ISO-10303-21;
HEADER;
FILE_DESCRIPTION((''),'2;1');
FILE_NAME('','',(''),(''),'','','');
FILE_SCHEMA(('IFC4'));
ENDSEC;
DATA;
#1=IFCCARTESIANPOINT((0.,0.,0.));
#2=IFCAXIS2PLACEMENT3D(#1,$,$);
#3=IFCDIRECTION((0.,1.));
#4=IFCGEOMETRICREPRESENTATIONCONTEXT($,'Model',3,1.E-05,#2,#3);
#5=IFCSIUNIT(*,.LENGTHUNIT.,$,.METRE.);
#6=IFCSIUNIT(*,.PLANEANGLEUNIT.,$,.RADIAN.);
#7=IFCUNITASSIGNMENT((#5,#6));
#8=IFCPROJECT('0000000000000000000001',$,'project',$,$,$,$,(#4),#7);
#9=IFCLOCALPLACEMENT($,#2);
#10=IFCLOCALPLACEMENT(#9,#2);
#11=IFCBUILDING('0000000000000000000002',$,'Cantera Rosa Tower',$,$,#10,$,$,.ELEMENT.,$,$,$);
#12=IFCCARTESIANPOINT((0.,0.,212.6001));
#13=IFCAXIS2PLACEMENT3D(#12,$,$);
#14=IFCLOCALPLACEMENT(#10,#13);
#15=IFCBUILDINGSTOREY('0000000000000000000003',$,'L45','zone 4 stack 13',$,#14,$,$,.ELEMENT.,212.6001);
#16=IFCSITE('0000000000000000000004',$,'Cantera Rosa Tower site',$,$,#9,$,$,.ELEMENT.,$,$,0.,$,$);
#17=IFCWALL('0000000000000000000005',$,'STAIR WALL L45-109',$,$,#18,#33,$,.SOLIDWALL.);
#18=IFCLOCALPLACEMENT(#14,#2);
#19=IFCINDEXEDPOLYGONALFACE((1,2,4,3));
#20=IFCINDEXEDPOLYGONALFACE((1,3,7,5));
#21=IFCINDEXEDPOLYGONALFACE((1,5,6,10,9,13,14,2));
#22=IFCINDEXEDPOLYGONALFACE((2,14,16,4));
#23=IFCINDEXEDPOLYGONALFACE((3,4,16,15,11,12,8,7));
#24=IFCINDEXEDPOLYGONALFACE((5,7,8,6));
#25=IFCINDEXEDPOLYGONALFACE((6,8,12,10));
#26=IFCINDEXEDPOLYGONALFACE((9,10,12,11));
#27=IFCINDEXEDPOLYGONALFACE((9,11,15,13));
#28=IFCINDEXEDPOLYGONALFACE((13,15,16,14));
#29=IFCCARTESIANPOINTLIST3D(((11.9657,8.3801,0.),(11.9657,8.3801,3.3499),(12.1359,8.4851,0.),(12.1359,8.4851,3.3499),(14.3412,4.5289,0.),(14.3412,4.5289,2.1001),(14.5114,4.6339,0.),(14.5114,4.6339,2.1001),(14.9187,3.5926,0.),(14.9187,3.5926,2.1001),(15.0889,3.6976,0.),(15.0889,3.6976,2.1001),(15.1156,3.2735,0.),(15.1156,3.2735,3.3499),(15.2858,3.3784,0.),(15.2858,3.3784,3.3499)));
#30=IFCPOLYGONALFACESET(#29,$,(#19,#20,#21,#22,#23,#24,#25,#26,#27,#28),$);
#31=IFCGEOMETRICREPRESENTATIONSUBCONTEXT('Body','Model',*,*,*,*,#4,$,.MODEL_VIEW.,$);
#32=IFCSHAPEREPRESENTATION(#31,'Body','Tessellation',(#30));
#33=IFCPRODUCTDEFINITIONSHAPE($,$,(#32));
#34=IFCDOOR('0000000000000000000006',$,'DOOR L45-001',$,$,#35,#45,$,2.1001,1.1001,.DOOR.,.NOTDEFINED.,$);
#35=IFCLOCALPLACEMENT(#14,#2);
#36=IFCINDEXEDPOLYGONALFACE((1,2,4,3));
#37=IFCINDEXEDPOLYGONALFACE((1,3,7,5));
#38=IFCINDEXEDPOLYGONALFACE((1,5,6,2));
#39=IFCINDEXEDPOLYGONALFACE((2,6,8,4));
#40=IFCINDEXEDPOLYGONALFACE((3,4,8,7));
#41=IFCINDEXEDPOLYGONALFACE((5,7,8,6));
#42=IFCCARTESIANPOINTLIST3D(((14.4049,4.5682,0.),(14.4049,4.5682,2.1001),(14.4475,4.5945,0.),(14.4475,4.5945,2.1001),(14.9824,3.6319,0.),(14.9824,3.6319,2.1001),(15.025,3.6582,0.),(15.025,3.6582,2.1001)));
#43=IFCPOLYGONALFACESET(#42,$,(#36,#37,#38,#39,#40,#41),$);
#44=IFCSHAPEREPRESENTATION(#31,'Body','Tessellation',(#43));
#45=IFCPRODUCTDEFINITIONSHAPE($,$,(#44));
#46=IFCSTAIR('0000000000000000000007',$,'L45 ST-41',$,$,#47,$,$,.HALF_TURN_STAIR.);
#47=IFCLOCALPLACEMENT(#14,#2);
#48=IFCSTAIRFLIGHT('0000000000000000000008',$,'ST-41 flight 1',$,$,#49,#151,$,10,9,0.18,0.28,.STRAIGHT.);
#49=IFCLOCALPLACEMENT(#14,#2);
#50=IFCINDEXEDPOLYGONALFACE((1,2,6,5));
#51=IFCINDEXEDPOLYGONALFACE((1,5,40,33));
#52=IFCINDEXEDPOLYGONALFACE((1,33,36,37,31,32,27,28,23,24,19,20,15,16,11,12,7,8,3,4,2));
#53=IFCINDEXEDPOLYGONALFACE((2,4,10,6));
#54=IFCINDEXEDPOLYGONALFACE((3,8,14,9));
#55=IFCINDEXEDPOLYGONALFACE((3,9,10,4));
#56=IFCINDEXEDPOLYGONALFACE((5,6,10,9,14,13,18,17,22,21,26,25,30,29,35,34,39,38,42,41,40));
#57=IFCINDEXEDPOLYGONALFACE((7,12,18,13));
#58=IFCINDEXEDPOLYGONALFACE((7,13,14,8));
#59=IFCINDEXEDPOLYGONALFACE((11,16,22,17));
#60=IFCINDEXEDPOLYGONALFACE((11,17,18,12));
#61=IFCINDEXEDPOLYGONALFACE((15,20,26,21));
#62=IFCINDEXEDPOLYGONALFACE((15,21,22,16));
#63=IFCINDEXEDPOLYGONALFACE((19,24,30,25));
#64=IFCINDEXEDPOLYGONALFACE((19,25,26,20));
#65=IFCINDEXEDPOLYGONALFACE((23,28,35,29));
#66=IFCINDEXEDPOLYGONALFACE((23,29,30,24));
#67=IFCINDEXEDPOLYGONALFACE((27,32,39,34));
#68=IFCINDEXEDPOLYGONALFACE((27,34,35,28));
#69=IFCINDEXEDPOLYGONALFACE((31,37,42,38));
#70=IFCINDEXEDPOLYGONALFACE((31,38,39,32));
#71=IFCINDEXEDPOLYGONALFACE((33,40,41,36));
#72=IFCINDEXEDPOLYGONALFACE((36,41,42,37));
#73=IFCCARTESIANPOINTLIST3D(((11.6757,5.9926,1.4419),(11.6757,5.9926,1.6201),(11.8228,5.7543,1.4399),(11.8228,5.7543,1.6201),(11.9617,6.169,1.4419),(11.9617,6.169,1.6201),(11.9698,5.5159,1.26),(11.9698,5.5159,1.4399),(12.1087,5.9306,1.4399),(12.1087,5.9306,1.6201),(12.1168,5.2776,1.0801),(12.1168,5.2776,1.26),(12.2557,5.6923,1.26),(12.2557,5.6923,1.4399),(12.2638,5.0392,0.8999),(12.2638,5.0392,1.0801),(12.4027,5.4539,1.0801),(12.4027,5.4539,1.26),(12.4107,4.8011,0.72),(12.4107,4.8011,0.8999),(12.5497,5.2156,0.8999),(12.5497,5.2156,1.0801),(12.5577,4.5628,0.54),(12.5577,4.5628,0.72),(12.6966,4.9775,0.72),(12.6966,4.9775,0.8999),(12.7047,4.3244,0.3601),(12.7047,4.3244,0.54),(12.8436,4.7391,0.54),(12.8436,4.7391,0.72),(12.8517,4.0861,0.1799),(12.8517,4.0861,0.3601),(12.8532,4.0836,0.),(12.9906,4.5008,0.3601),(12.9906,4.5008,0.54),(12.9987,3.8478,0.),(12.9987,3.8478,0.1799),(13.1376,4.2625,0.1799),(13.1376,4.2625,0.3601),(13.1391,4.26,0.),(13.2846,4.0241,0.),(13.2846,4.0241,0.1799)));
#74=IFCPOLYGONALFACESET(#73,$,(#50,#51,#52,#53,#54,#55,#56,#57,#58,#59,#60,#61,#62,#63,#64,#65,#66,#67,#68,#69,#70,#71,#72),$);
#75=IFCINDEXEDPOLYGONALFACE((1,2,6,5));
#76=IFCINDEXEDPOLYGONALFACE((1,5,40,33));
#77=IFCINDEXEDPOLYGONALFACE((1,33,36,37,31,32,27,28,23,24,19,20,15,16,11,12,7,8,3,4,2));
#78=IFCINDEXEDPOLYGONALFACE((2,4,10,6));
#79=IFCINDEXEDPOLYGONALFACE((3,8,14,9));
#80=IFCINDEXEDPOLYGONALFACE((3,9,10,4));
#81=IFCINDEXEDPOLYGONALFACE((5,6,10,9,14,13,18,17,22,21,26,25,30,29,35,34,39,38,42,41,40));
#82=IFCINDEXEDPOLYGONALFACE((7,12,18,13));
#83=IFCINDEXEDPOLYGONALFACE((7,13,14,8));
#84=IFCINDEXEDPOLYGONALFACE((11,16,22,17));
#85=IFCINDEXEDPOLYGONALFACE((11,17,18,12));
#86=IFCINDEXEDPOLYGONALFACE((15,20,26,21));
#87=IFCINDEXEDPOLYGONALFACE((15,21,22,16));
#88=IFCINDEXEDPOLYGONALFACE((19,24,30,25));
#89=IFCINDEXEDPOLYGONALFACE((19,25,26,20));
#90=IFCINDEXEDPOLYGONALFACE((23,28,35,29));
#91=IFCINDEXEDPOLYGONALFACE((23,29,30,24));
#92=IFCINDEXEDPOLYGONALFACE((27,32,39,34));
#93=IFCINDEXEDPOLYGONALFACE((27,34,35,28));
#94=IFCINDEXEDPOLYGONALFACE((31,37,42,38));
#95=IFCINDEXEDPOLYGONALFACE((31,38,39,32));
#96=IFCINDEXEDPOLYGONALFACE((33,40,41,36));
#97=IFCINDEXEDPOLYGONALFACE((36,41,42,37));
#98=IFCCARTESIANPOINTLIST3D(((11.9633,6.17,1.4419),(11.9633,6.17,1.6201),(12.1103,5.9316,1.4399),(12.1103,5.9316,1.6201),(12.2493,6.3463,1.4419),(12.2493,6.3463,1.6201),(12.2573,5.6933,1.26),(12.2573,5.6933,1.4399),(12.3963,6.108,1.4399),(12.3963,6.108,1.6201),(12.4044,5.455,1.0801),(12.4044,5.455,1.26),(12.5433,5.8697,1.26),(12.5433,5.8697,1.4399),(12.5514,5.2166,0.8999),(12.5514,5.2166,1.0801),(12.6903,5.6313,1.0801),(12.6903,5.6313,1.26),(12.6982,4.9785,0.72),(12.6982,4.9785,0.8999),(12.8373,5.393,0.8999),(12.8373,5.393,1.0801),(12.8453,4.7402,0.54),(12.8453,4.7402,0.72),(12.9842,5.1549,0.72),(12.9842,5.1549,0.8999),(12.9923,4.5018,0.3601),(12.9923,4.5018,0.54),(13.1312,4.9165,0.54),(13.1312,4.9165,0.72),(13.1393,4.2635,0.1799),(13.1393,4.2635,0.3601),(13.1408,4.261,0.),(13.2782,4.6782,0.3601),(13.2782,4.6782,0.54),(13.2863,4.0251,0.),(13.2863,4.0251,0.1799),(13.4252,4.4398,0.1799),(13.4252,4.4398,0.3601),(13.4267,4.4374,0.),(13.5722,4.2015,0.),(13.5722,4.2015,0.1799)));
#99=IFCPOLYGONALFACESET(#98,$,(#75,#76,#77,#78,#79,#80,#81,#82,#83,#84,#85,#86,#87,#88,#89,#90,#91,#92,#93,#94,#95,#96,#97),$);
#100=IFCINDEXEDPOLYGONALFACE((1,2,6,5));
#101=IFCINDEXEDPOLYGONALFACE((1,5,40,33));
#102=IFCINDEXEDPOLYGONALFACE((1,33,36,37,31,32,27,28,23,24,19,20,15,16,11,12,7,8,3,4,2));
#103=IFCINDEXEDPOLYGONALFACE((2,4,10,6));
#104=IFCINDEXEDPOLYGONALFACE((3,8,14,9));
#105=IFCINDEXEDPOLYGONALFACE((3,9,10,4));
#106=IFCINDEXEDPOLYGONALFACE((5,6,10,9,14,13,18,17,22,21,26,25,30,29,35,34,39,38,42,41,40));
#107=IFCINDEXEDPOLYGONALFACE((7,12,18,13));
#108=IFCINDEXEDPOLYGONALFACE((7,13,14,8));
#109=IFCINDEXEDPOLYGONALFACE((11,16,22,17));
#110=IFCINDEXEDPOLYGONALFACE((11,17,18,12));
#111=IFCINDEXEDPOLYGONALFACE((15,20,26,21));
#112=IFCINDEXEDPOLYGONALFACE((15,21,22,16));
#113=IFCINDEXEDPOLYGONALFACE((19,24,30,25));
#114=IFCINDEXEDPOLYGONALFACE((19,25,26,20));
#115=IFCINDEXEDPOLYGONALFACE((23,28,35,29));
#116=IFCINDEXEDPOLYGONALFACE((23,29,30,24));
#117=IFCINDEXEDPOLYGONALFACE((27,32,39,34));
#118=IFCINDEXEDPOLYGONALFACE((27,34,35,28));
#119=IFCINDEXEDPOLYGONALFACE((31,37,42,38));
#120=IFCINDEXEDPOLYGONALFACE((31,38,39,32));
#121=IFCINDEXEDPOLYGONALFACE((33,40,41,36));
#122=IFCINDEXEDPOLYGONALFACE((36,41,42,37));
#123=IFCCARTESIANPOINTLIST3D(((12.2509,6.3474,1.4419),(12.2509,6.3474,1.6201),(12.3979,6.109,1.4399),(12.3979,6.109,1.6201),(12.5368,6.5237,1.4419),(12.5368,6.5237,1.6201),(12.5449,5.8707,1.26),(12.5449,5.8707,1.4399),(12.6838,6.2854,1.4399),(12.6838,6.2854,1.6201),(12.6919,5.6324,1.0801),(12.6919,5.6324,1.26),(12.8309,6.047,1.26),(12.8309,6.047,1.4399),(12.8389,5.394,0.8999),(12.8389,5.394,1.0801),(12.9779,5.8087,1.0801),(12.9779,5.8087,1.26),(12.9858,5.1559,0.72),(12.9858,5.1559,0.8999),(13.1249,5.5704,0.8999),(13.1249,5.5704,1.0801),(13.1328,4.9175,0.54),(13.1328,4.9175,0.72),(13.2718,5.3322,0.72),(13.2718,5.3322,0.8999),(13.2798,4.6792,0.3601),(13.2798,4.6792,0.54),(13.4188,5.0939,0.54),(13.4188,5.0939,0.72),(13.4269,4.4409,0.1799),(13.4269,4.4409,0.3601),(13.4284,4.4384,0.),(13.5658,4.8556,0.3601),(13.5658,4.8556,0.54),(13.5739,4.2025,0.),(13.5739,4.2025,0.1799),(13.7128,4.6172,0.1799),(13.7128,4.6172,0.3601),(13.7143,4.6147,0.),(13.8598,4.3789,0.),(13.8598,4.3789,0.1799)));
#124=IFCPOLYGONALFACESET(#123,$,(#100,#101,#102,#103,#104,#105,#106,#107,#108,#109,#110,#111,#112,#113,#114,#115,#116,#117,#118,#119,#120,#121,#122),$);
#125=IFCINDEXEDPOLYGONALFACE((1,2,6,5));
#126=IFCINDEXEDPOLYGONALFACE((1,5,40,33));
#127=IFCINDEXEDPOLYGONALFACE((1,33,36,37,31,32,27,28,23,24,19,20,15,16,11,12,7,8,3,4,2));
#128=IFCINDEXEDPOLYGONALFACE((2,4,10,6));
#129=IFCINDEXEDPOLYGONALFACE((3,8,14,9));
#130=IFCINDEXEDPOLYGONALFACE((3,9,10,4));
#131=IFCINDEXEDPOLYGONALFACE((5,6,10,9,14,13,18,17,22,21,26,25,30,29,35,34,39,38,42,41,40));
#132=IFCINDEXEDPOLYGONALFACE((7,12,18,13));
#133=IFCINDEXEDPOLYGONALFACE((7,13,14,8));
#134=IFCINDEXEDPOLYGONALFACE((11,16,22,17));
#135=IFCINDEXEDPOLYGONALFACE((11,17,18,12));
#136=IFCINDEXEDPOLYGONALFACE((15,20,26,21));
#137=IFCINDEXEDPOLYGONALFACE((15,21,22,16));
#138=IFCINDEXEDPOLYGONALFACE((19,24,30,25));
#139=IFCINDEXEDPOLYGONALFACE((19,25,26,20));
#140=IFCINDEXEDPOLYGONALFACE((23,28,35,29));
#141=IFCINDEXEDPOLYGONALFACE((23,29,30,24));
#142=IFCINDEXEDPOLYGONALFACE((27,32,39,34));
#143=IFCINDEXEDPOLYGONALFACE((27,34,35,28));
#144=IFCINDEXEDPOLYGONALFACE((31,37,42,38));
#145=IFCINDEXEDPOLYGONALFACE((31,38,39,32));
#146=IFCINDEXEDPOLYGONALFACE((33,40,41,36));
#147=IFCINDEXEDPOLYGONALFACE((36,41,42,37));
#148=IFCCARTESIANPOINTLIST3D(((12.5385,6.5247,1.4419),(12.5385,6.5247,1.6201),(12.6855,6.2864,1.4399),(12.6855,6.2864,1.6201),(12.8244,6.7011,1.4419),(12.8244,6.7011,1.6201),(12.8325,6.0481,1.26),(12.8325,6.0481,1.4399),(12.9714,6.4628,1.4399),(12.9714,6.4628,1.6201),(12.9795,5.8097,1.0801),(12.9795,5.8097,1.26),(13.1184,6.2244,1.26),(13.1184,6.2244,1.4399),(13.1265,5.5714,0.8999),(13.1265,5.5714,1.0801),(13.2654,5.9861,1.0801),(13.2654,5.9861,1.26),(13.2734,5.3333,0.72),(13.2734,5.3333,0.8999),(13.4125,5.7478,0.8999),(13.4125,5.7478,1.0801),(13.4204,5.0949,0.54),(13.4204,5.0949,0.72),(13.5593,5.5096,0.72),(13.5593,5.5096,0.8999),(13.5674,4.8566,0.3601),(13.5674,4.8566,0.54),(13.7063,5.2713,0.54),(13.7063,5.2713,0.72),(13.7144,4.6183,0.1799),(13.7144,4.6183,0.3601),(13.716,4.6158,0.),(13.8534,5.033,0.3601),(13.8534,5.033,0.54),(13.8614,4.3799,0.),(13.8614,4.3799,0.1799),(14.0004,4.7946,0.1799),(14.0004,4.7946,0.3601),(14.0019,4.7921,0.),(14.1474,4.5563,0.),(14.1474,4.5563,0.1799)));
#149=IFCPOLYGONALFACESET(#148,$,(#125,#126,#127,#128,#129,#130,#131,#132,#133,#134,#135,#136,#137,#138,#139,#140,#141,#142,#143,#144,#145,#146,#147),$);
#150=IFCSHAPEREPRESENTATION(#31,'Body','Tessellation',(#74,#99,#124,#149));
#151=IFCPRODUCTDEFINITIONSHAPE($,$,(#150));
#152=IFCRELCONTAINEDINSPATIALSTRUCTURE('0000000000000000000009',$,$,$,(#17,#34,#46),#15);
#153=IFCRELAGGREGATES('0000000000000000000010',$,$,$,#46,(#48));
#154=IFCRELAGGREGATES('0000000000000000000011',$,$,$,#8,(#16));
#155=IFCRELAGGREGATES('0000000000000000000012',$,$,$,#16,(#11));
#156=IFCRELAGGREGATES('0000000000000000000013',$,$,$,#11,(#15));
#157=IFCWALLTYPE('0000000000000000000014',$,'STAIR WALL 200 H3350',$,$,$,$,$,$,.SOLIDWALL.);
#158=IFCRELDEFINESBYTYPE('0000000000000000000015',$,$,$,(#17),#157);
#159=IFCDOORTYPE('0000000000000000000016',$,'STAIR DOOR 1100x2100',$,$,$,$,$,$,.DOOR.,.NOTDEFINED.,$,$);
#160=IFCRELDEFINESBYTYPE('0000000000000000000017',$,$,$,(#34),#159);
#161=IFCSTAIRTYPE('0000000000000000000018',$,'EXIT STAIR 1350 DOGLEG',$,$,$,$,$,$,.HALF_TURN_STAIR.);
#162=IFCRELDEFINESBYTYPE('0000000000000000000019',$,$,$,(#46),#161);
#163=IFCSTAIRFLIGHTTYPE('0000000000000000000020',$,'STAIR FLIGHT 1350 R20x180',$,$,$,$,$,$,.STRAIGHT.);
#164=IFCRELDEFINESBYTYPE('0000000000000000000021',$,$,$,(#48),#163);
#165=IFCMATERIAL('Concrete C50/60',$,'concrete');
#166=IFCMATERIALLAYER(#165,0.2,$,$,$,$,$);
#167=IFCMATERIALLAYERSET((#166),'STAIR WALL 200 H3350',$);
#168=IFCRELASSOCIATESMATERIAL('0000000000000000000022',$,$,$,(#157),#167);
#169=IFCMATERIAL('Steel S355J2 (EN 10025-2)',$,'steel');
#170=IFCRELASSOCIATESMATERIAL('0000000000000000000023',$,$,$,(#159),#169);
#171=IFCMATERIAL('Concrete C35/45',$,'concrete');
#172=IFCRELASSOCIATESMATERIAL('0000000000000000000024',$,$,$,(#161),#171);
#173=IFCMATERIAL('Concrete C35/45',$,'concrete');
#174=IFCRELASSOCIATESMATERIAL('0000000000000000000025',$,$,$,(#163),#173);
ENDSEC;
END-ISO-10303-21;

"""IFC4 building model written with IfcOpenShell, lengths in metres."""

from ifc_helpers import new_model, si_unit, direction, frame, frame_2d, origin, place, context, subcontext, project, spatial, polyline, rectangle, outline, extrude, material, layer, layer_set, type_object, element, fill, aggregate, save


model = new_model("IFC4")

# Units and contexts
model_context = context("Model", 3, precision=1e-05, world=origin(), true_north=direction((0.0, 1.0)))
body_context = subcontext(model_context, "Body", "Model", "MODEL_VIEW")
ifc_project = project(units=[si_unit("LENGTHUNIT", "METRE"), si_unit("PLANEANGLEUNIT", "RADIAN")], contexts=[model_context])

# Site, building, storey
site_placement = place(None, origin())
site = spatial("IfcSite", under=ifc_project, at=site_placement, Name="Cantera Rosa Tower site", CompositionType="ELEMENT", RefElevation=0.0)
building_placement = place(site_placement, origin())
building = spatial("IfcBuilding", under=site, at=building_placement, Name="Cantera Rosa Tower", CompositionType="ELEMENT")
storey_placement = place(building_placement, frame((0.0, 0.0, 212.6001)))
storey = spatial("IfcBuildingStorey", under=building, at=storey_placement, Name="L45", Description="zone 4 stack 13", CompositionType="ELEMENT", Elevation=212.6001)

# Shared definitions
ifc_material_1 = material(Name="Concrete C50/60", Category="concrete")
ifc_layer_1 = layer(ifc_material_1, 0.2)
ifc_layer_set_1 = layer_set([ifc_layer_1], Name="STAIR WALL 200 H3350")
wall_type_1 = type_object("IfcWallType", Name="STAIR WALL 200 H3350", PredefinedType="SOLIDWALL", material=ifc_layer_set_1)

# Shared definitions
ifc_material_2 = material(Name="Steel S355J2 (EN 10025-2)", Category="steel")
door_type = type_object("IfcDoorType", Name="STAIR DOOR 1100x2100", OperationType="NOTDEFINED", PredefinedType="DOOR", material=ifc_material_2)

# Wall, opening, door
wall_1_placement = place(storey_placement, frame((12.0508, 8.4326, 0.0), z_axis=(0.0, 0.0, 1.0), x_axis=(0.524983, -0.851113, 0.0)))
wall_1 = element("IfcWall", 1, at=wall_1_placement, inside=storey, type_object=wall_type_1, Name="STAIR WALL L45-109", PredefinedType="SOLIDWALL", context=body_context, shape_type="SweptSolid", body=[
    extrude(rectangle(XDim=6.0, YDim=0.2, at=frame_2d((3.0, 0.0))), origin(), (0.0, 0.0, 1.0), 3.3499),
])
opening_1_placement = place(wall_1_placement, frame((4.5249, 0.0, 0.0)))
opening_1 = element("IfcOpeningElement", 2, at=opening_1_placement, cuts=wall_1, PredefinedType="OPENING", context=body_context, shape_type="SweptSolid", body=[
    extrude(rectangle(XDim=1.1001, YDim=2.1001, at=frame_2d((0.55, 1.05))), frame((0.0, 0.1099, 0.0), z_axis=(0.0, -1.0, 0.0), x_axis=(1.0, 0.0, 0.0)), (0.0, 0.0, 1.0), 0.22),
])
door_1_placement = place(opening_1_placement, origin())
door_1 = element("IfcDoor", 3, at=door_1_placement, inside=storey, type_object=door_type, Name="DOOR L45-001", OperationType="NOTDEFINED", OverallHeight=2.1001, OverallWidth=1.1001, PredefinedType="DOOR", context=body_context, shape_type="SweptSolid", body=[
    extrude(rectangle(XDim=1.1001, YDim=2.1001, at=frame_2d((0.55, 1.05))), frame((0.0, 0.0249, 0.0), z_axis=(0.0, -1.0, 0.0), x_axis=(1.0, 0.0, 0.0)), (0.0, 0.0, 1.0), 0.05),
])
fill(opening_1, door_1)

# Stair, stair flight
ifc_material_3 = material(Name="Concrete C35/45", Category="concrete")
stair_type = type_object("IfcStairType", Name="EXIT STAIR 1350 DOGLEG", PredefinedType="HALF_TURN_STAIR", material=ifc_material_3)
stair_1_placement = place(storey_placement, origin())
stair_1 = element("IfcStair", 4, at=stair_1_placement, inside=storey, type_object=stair_type, Name="L45 ST-41", PredefinedType="HALF_TURN_STAIR")
ifc_material_4 = material(Name="Concrete C35/45", Category="concrete")
stair_flight_type = type_object("IfcStairFlightType", Name="STAIR FLIGHT 1350 R20x180", PredefinedType="STRAIGHT", material=ifc_material_4)
stair_flight_1_placement = place(storey_placement, frame((13.5732, 4.2021, 0.0), z_axis=(0.0, 0.0, 1.0), x_axis=(-0.524977, 0.851117, 0.0)))
stair_flight_1 = element("IfcStairFlight", 5, at=stair_flight_1_placement, type_object=stair_flight_type, Name="ST-41 flight 1", NumberOfRisers=10, NumberOfTreads=9, PredefinedType="STRAIGHT", RiserHeight=0.18, TreadLength=0.28, context=body_context, shape_type="SweptSolid", body=[
    extrude(outline(polyline([(0.0, 0.0), (0.0, 0.1799), (0.28, 0.1799), (0.28, 0.3601), (0.5601, 0.3601), (0.5601, 0.54), (0.8401, 0.54), (0.8401, 0.72), (1.1201, 0.72), (1.1201, 0.8999), (1.3999, 0.8999), (1.3999, 1.0801), (1.6799, 1.0801), (1.6799, 1.26), (1.96, 1.26), (1.96, 1.4399), (2.24, 1.4399), (2.24, 1.6201), (2.52, 1.6201), (2.52, 1.8), (2.52, 1.4419), (0.2771, 0.0), (0.0, 0.0)])), frame((0.0, 0.675, 0.0), z_axis=(0.0, -1.0, 0.0), x_axis=(1.0, 0.0, 0.0)), (0.0, 0.0, 1.0), 0.3359),
    extrude(outline(polyline([(0.0, 0.0), (0.0, 0.1799), (0.28, 0.1799), (0.28, 0.3601), (0.5601, 0.3601), (0.5601, 0.54), (0.8401, 0.54), (0.8401, 0.72), (1.1201, 0.72), (1.1201, 0.8999), (1.3999, 0.8999), (1.3999, 1.0801), (1.6799, 1.0801), (1.6799, 1.26), (1.96, 1.26), (1.96, 1.4399), (2.24, 1.4399), (2.24, 1.6201), (2.52, 1.6201), (2.52, 1.8), (2.52, 1.4419), (0.2771, 0.0), (0.0, 0.0)])), frame((0.0, 0.3372, 0.0), z_axis=(0.0, -1.0, 0.0), x_axis=(1.0, 0.0, 0.0)), (0.0, 0.0, 1.0), 0.3359),
    extrude(outline(polyline([(0.0, 0.0), (0.0, 0.1799), (0.28, 0.1799), (0.28, 0.3601), (0.5601, 0.3601), (0.5601, 0.54), (0.8401, 0.54), (0.8401, 0.72), (1.1201, 0.72), (1.1201, 0.8999), (1.3999, 0.8999), (1.3999, 1.0801), (1.6799, 1.0801), (1.6799, 1.26), (1.96, 1.26), (1.96, 1.4399), (2.24, 1.4399), (2.24, 1.6201), (2.52, 1.6201), (2.52, 1.8), (2.52, 1.4419), (0.2771, 0.0), (0.0, 0.0)])), frame((0.0, -0.0007, 0.0), z_axis=(0.0, -1.0, 0.0), x_axis=(1.0, 0.0, 0.0)), (0.0, 0.0, 1.0), 0.3359),
    extrude(outline(polyline([(0.0, 0.0), (0.0, 0.1799), (0.28, 0.1799), (0.28, 0.3601), (0.5601, 0.3601), (0.5601, 0.54), (0.8401, 0.54), (0.8401, 0.72), (1.1201, 0.72), (1.1201, 0.8999), (1.3999, 0.8999), (1.3999, 1.0801), (1.6799, 1.0801), (1.6799, 1.26), (1.96, 1.26), (1.96, 1.4399), (2.24, 1.4399), (2.24, 1.6201), (2.52, 1.6201), (2.52, 1.8), (2.52, 1.4419), (0.2771, 0.0), (0.0, 0.0)])), frame((0.0, -0.3386, 0.0), z_axis=(0.0, -1.0, 0.0), x_axis=(1.0, 0.0, 0.0)), (0.0, 0.0, 1.0), 0.3359),
])
aggregate(stair_1, [stair_flight_1])

save(model, "model.ifc")
